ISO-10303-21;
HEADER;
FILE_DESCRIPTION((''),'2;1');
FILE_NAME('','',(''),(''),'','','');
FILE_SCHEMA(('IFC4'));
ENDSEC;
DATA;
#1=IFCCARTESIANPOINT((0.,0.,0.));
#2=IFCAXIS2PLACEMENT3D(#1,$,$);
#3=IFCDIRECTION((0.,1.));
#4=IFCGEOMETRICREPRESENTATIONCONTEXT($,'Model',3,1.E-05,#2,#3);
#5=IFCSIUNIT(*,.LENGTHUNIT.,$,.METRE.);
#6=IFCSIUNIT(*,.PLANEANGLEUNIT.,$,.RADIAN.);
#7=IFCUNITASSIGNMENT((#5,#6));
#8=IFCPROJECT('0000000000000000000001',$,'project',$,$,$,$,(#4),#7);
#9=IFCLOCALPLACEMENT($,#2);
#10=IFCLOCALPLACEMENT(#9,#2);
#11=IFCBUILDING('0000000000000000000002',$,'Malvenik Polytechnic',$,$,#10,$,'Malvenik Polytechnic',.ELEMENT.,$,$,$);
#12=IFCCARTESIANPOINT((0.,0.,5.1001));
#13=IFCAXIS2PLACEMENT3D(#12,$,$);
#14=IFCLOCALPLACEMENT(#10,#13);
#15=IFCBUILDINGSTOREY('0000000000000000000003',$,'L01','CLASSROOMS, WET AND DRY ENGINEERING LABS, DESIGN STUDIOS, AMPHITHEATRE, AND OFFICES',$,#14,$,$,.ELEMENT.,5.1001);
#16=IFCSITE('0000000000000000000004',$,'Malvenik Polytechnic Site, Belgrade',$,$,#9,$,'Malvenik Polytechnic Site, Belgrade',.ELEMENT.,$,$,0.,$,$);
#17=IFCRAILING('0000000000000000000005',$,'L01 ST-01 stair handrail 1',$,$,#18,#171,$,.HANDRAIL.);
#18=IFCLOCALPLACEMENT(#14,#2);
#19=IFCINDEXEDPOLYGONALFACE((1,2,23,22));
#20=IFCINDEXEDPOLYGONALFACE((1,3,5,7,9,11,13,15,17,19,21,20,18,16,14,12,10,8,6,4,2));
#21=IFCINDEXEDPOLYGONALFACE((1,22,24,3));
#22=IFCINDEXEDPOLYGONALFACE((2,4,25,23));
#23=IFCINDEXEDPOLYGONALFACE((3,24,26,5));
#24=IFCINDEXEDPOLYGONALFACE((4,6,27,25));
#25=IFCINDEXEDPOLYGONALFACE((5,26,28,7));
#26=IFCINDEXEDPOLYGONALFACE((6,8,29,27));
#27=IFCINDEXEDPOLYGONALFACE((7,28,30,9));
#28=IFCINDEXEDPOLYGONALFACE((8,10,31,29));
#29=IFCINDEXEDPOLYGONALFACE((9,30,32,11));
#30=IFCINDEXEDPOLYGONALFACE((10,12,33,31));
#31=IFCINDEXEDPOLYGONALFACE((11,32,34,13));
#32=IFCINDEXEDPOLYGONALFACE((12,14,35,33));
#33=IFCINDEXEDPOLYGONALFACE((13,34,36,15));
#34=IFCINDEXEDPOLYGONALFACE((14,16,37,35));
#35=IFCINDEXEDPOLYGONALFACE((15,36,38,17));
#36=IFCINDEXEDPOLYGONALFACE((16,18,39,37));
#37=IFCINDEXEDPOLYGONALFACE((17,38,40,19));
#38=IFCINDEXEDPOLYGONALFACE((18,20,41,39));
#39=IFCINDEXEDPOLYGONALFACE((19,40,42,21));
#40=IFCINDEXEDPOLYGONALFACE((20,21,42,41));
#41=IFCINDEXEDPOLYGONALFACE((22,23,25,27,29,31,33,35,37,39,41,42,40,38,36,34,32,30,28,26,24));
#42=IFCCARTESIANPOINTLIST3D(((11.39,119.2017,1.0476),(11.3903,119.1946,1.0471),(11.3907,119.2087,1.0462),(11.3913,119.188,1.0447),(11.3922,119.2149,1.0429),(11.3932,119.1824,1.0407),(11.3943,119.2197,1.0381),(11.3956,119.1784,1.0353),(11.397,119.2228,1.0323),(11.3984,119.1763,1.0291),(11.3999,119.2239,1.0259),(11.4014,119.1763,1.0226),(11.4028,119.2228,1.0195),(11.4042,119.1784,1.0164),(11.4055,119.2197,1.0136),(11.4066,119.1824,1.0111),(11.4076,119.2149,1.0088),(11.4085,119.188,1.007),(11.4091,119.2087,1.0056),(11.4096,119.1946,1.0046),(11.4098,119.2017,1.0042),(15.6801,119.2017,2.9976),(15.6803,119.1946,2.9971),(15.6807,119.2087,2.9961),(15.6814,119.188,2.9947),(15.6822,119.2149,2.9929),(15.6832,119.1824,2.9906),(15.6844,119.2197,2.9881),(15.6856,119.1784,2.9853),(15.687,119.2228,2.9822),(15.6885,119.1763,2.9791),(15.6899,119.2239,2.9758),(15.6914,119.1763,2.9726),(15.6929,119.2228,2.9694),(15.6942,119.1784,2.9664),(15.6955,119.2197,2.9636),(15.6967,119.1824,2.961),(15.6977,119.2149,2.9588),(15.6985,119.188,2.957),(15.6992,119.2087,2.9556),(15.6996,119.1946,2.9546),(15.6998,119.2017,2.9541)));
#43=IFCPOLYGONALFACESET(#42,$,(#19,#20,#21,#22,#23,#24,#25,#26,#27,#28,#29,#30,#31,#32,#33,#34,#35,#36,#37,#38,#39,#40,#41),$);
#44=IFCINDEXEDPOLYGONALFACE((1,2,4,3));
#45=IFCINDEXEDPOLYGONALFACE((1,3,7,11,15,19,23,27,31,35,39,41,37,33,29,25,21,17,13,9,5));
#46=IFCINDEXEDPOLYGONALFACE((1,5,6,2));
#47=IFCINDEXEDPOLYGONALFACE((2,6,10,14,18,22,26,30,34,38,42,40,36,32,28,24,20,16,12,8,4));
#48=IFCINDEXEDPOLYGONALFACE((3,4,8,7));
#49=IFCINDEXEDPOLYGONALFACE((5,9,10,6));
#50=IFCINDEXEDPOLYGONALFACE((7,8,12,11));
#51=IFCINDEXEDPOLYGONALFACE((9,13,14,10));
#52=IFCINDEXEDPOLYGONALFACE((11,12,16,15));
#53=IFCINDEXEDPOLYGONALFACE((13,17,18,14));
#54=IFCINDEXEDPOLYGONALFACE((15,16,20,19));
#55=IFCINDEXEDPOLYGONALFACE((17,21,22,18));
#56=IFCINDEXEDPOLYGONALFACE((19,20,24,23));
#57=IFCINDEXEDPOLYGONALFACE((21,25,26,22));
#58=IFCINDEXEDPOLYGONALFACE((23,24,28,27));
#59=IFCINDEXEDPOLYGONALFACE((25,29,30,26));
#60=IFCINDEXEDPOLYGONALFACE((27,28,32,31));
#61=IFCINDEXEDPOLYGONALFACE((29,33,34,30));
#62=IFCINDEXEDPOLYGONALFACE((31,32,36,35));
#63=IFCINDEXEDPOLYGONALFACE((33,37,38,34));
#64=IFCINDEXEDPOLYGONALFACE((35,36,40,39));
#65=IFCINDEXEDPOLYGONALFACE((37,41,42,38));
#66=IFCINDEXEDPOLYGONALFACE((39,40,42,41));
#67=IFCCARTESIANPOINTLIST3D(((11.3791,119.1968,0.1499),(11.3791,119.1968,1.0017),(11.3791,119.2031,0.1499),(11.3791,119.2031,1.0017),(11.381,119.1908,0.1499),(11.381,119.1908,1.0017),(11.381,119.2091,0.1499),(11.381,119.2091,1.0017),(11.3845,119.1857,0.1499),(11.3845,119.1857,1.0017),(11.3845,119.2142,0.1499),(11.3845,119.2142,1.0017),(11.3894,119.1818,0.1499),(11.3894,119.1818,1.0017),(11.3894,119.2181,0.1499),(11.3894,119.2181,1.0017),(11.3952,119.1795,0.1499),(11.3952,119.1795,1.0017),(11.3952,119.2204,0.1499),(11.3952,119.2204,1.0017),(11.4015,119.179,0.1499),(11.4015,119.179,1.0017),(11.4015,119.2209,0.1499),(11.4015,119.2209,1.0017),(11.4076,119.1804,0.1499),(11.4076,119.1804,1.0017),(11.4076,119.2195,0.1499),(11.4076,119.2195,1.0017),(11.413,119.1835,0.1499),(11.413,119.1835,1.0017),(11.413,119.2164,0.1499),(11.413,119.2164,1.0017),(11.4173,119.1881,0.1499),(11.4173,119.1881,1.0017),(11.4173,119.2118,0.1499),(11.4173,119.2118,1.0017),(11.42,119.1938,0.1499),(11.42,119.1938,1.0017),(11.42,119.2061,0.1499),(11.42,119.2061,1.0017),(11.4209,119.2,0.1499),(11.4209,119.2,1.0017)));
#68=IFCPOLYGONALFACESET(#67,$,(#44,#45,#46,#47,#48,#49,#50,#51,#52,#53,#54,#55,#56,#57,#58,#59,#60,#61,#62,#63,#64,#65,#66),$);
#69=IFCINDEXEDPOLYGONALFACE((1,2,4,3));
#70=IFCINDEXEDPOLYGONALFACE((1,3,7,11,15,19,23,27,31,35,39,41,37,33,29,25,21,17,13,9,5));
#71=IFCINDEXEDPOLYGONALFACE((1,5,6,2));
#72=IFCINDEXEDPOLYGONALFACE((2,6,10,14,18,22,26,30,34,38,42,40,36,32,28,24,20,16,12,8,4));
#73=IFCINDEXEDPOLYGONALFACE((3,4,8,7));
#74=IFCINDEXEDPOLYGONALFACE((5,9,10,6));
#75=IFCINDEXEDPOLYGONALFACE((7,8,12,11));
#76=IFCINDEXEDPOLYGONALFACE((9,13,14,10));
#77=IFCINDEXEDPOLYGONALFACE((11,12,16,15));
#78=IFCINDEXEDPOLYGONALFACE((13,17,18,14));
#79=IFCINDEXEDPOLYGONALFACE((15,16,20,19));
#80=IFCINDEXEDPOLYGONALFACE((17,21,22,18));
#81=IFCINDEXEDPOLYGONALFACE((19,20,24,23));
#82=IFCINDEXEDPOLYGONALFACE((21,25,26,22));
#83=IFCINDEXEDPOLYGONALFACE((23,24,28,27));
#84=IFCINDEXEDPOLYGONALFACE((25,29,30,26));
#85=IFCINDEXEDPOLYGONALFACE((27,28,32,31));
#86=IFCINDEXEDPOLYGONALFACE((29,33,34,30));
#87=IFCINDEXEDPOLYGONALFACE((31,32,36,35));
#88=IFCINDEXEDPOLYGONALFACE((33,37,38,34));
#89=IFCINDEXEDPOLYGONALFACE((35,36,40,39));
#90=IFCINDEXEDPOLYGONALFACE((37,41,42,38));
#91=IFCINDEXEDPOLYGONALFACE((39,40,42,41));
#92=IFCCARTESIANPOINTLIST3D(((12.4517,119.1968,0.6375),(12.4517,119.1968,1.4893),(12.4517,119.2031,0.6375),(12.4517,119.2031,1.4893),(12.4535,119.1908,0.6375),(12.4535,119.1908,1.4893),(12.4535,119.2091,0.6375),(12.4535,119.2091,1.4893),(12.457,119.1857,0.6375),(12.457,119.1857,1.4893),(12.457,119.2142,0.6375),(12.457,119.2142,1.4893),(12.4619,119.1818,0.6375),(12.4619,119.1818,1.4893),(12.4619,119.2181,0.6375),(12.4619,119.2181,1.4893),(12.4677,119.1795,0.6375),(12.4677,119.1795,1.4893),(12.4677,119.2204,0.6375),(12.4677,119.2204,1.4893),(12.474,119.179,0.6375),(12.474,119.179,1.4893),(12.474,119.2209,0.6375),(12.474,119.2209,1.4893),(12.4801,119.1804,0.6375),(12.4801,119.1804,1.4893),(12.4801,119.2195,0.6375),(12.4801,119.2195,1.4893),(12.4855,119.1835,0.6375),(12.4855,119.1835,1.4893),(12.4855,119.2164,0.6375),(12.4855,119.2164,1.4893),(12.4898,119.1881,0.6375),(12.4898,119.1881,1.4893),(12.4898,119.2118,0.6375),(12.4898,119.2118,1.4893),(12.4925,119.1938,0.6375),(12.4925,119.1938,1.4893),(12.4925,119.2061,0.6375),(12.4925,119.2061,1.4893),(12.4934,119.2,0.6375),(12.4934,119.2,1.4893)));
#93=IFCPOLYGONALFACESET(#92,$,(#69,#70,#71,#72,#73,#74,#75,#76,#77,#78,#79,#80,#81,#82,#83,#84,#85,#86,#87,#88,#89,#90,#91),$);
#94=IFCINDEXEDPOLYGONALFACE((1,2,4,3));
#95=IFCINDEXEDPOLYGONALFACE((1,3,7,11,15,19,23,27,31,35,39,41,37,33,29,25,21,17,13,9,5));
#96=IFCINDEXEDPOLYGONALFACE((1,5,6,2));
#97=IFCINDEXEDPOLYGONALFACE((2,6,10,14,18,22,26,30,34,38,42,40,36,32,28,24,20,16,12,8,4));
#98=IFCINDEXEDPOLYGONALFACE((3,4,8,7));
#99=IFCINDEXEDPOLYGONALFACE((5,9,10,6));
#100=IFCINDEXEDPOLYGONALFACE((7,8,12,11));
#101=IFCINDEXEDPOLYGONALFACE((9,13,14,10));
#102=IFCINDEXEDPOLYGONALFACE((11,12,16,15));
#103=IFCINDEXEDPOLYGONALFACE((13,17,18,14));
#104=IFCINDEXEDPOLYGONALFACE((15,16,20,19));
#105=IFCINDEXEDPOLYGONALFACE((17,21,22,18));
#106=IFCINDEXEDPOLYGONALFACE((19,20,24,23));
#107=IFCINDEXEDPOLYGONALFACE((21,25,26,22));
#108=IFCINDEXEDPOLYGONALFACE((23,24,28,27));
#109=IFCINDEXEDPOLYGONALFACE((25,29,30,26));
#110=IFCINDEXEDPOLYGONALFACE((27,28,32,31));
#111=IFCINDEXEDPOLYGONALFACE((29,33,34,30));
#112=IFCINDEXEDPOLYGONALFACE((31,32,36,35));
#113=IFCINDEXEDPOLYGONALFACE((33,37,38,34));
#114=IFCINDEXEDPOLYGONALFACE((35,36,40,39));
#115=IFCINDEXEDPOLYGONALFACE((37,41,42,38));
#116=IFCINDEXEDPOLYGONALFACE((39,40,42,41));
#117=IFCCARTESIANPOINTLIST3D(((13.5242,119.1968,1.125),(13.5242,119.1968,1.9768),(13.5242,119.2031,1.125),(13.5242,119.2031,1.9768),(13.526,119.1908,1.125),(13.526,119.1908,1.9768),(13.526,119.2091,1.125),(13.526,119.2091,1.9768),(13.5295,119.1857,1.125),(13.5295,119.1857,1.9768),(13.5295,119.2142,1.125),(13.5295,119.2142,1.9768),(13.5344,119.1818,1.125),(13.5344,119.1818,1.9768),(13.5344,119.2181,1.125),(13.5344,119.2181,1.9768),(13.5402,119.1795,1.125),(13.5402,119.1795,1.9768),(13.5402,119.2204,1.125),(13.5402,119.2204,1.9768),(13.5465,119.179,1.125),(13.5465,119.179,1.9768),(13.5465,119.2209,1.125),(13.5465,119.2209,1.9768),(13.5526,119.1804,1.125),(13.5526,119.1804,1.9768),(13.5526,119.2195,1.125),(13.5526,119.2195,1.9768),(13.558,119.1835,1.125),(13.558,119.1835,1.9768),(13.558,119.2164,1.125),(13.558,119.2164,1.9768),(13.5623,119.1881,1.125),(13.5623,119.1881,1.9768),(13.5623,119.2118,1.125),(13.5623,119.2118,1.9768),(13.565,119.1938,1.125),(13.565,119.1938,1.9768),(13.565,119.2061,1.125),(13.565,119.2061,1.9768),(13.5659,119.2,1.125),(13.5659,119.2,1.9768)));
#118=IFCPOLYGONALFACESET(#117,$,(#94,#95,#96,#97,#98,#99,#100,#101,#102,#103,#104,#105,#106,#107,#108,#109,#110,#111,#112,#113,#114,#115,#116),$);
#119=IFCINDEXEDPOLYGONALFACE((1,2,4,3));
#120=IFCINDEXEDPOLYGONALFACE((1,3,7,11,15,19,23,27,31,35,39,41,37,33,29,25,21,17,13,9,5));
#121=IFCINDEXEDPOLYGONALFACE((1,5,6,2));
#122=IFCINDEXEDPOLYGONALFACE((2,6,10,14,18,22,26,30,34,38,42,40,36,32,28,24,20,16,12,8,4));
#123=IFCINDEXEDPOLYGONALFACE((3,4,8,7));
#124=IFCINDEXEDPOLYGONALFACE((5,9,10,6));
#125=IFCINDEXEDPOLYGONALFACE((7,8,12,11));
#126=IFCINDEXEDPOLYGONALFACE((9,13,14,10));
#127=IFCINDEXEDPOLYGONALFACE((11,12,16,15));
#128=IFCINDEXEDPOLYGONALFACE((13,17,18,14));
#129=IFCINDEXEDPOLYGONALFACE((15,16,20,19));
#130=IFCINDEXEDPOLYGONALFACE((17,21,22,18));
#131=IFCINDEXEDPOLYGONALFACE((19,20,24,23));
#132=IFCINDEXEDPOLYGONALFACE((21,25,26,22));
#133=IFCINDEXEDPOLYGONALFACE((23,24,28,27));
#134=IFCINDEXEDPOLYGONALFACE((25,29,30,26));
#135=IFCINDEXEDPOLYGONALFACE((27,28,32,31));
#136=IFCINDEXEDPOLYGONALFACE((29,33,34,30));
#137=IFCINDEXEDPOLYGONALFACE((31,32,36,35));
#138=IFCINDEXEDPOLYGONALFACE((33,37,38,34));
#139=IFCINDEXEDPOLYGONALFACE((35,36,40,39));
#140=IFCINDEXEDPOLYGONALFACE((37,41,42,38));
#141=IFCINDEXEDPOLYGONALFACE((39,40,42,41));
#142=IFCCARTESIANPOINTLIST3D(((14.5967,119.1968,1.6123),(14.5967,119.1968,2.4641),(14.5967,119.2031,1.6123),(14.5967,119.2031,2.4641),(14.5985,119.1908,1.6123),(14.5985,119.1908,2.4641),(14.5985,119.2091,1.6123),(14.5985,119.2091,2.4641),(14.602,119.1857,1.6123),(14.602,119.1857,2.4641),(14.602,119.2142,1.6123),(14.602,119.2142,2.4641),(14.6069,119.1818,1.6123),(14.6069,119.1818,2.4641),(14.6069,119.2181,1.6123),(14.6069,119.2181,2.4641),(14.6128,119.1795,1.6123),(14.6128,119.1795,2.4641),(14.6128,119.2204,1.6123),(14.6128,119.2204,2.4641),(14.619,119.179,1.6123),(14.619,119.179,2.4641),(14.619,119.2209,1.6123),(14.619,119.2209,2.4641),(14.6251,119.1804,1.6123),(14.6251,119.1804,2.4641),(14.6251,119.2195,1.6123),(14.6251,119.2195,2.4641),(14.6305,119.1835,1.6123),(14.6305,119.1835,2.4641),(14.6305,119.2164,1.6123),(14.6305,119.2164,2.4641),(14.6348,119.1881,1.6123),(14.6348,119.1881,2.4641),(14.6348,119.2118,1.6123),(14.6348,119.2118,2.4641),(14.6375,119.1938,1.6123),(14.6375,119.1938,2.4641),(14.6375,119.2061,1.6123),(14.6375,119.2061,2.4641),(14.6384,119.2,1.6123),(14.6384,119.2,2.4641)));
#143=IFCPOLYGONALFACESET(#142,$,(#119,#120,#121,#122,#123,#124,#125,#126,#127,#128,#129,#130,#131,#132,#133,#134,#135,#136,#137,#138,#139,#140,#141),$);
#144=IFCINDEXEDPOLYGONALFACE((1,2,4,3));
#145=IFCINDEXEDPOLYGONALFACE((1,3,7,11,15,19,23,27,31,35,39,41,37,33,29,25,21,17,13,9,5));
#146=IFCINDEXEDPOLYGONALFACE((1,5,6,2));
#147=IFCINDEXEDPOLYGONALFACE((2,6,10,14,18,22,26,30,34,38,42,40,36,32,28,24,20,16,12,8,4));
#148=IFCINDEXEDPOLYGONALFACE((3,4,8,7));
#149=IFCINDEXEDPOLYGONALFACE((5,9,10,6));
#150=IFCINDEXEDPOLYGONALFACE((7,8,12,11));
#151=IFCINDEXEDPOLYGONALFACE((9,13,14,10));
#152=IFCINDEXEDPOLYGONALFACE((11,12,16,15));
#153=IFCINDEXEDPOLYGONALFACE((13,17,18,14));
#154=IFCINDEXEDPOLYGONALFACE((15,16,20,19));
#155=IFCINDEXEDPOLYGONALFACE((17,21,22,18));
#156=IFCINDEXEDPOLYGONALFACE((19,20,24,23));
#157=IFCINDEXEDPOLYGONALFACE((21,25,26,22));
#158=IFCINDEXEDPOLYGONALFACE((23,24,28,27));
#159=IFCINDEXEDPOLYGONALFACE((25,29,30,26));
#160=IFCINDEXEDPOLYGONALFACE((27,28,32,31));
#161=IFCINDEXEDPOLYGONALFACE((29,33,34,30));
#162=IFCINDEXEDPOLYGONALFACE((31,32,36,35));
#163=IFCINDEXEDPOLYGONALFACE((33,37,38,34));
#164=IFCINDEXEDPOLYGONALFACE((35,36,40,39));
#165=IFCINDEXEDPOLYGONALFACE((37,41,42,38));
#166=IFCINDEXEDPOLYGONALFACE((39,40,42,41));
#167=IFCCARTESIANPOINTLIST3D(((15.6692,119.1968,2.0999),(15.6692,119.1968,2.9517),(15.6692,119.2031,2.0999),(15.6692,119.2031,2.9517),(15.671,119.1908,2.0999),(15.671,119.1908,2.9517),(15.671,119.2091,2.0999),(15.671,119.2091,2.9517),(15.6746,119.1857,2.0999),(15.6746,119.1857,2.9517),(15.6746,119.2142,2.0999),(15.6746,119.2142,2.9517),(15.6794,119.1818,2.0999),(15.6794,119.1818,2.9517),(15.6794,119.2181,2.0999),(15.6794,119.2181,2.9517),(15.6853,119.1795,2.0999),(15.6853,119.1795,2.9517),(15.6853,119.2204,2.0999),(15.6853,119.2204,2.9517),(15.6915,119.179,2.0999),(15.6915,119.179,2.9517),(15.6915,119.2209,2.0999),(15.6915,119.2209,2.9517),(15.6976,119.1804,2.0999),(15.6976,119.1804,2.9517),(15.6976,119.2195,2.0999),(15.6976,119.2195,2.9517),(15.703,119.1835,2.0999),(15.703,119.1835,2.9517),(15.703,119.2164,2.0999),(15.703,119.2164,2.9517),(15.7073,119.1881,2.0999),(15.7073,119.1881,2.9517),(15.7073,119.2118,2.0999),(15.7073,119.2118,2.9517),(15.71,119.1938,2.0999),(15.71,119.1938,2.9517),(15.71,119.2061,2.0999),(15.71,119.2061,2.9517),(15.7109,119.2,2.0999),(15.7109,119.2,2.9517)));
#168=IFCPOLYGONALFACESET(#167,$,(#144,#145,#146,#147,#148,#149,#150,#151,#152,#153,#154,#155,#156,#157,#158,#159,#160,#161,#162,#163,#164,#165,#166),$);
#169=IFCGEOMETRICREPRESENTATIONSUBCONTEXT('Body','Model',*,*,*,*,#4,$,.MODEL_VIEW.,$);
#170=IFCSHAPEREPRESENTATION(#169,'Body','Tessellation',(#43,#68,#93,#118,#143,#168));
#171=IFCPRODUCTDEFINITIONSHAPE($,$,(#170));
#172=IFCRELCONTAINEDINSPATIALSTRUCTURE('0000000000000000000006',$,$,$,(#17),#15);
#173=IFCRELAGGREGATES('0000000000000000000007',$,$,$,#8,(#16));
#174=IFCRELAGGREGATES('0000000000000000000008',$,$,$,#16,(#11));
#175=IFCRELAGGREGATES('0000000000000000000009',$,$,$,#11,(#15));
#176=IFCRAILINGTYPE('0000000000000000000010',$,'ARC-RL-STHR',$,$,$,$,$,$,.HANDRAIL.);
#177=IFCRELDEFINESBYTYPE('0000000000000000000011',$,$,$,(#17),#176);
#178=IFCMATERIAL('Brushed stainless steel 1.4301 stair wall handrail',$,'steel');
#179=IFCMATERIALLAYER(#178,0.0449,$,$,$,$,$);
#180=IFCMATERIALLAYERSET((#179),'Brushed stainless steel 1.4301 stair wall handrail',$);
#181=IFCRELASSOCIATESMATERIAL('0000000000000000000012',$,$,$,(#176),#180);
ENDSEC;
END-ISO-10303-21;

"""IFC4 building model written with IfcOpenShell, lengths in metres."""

from ifc_helpers import new_model, si_unit, direction, frame, origin, origin_2d, place, context, subcontext, project, spatial, circle, extrude, material, layer, layer_set, type_object, element, save


model = new_model("IFC4")

# Units and contexts
model_context = context("Model", 3, precision=1e-05, world=origin(), true_north=direction((0.0, 1.0)))
body_context = subcontext(model_context, "Body", "Model", "MODEL_VIEW")
ifc_project = project(units=[si_unit("LENGTHUNIT", "METRE"), si_unit("PLANEANGLEUNIT", "RADIAN")], contexts=[model_context])

# Site, building, storey
site_placement = place(None, origin())
site = spatial("IfcSite", under=ifc_project, at=site_placement, Name="Malvenik Polytechnic Site, Belgrade", LongName="Malvenik Polytechnic Site, Belgrade", CompositionType="ELEMENT", RefElevation=0.0)
building_placement = place(site_placement, origin())
building = spatial("IfcBuilding", under=site, at=building_placement, Name="Malvenik Polytechnic", LongName="Malvenik Polytechnic", CompositionType="ELEMENT")
storey_placement = place(building_placement, frame((0.0, 0.0, 5.1001)))
storey = spatial("IfcBuildingStorey", under=building, at=storey_placement, Name="L01", Description="CLASSROOMS, WET AND DRY ENGINEERING LABS, DESIGN STUDIOS, AMPHITHEATRE, AND OFFICES", CompositionType="ELEMENT", Elevation=5.1001)

# Railing
ifc_material_1 = material(Name="Brushed stainless steel 1.4301 stair wall handrail", Category="steel")
ifc_layer_1 = layer(ifc_material_1, 0.0449)
ifc_layer_set_1 = layer_set([ifc_layer_1], Name="Brushed stainless steel 1.4301 stair wall handrail")
railing_type_1 = type_object("IfcRailingType", Name="ARC-RL-STHR", PredefinedType="HANDRAIL", material=ifc_layer_set_1)
railing_1_placement = place(storey_placement, frame((11.3999, 119.2, 0.1499)))
element("IfcRailing", 1, at=railing_1_placement, inside=storey, type_object=railing_type_1, Name="L01 ST-01 stair handrail 1", PredefinedType="HANDRAIL", context=body_context, shape_type="SweptSolid", body=[
    extrude(circle(Radius=0.0239, at=origin_2d()), frame((0.0, 0.0, 0.876), z_axis=(0.910372, 0.0, 0.413791), x_axis=(0.0, 1.0, 0.0)), (0.0, 0.0, 1.0), 4.7124),
    extrude(circle(Radius=0.021, at=origin_2d()), origin(), (0.0, 0.0, 1.0), 0.8518),
    extrude(circle(Radius=0.021, at=origin_2d()), frame((1.0725, 0.0, 0.4875)), (0.0, 0.0, 1.0), 0.8518),
    extrude(circle(Radius=0.021, at=origin_2d()), frame((2.145, 0.0, 0.9751)), (0.0, 0.0, 1.0), 0.8518),
    extrude(circle(Radius=0.021, at=origin_2d()), frame((3.2175, 0.0, 1.4624)), (0.0, 0.0, 1.0), 0.8518),
    extrude(circle(Radius=0.021, at=origin_2d()), frame((4.29, 0.0, 1.95)), (0.0, 0.0, 1.0), 0.8518),
])

save(model, "model.ifc")
